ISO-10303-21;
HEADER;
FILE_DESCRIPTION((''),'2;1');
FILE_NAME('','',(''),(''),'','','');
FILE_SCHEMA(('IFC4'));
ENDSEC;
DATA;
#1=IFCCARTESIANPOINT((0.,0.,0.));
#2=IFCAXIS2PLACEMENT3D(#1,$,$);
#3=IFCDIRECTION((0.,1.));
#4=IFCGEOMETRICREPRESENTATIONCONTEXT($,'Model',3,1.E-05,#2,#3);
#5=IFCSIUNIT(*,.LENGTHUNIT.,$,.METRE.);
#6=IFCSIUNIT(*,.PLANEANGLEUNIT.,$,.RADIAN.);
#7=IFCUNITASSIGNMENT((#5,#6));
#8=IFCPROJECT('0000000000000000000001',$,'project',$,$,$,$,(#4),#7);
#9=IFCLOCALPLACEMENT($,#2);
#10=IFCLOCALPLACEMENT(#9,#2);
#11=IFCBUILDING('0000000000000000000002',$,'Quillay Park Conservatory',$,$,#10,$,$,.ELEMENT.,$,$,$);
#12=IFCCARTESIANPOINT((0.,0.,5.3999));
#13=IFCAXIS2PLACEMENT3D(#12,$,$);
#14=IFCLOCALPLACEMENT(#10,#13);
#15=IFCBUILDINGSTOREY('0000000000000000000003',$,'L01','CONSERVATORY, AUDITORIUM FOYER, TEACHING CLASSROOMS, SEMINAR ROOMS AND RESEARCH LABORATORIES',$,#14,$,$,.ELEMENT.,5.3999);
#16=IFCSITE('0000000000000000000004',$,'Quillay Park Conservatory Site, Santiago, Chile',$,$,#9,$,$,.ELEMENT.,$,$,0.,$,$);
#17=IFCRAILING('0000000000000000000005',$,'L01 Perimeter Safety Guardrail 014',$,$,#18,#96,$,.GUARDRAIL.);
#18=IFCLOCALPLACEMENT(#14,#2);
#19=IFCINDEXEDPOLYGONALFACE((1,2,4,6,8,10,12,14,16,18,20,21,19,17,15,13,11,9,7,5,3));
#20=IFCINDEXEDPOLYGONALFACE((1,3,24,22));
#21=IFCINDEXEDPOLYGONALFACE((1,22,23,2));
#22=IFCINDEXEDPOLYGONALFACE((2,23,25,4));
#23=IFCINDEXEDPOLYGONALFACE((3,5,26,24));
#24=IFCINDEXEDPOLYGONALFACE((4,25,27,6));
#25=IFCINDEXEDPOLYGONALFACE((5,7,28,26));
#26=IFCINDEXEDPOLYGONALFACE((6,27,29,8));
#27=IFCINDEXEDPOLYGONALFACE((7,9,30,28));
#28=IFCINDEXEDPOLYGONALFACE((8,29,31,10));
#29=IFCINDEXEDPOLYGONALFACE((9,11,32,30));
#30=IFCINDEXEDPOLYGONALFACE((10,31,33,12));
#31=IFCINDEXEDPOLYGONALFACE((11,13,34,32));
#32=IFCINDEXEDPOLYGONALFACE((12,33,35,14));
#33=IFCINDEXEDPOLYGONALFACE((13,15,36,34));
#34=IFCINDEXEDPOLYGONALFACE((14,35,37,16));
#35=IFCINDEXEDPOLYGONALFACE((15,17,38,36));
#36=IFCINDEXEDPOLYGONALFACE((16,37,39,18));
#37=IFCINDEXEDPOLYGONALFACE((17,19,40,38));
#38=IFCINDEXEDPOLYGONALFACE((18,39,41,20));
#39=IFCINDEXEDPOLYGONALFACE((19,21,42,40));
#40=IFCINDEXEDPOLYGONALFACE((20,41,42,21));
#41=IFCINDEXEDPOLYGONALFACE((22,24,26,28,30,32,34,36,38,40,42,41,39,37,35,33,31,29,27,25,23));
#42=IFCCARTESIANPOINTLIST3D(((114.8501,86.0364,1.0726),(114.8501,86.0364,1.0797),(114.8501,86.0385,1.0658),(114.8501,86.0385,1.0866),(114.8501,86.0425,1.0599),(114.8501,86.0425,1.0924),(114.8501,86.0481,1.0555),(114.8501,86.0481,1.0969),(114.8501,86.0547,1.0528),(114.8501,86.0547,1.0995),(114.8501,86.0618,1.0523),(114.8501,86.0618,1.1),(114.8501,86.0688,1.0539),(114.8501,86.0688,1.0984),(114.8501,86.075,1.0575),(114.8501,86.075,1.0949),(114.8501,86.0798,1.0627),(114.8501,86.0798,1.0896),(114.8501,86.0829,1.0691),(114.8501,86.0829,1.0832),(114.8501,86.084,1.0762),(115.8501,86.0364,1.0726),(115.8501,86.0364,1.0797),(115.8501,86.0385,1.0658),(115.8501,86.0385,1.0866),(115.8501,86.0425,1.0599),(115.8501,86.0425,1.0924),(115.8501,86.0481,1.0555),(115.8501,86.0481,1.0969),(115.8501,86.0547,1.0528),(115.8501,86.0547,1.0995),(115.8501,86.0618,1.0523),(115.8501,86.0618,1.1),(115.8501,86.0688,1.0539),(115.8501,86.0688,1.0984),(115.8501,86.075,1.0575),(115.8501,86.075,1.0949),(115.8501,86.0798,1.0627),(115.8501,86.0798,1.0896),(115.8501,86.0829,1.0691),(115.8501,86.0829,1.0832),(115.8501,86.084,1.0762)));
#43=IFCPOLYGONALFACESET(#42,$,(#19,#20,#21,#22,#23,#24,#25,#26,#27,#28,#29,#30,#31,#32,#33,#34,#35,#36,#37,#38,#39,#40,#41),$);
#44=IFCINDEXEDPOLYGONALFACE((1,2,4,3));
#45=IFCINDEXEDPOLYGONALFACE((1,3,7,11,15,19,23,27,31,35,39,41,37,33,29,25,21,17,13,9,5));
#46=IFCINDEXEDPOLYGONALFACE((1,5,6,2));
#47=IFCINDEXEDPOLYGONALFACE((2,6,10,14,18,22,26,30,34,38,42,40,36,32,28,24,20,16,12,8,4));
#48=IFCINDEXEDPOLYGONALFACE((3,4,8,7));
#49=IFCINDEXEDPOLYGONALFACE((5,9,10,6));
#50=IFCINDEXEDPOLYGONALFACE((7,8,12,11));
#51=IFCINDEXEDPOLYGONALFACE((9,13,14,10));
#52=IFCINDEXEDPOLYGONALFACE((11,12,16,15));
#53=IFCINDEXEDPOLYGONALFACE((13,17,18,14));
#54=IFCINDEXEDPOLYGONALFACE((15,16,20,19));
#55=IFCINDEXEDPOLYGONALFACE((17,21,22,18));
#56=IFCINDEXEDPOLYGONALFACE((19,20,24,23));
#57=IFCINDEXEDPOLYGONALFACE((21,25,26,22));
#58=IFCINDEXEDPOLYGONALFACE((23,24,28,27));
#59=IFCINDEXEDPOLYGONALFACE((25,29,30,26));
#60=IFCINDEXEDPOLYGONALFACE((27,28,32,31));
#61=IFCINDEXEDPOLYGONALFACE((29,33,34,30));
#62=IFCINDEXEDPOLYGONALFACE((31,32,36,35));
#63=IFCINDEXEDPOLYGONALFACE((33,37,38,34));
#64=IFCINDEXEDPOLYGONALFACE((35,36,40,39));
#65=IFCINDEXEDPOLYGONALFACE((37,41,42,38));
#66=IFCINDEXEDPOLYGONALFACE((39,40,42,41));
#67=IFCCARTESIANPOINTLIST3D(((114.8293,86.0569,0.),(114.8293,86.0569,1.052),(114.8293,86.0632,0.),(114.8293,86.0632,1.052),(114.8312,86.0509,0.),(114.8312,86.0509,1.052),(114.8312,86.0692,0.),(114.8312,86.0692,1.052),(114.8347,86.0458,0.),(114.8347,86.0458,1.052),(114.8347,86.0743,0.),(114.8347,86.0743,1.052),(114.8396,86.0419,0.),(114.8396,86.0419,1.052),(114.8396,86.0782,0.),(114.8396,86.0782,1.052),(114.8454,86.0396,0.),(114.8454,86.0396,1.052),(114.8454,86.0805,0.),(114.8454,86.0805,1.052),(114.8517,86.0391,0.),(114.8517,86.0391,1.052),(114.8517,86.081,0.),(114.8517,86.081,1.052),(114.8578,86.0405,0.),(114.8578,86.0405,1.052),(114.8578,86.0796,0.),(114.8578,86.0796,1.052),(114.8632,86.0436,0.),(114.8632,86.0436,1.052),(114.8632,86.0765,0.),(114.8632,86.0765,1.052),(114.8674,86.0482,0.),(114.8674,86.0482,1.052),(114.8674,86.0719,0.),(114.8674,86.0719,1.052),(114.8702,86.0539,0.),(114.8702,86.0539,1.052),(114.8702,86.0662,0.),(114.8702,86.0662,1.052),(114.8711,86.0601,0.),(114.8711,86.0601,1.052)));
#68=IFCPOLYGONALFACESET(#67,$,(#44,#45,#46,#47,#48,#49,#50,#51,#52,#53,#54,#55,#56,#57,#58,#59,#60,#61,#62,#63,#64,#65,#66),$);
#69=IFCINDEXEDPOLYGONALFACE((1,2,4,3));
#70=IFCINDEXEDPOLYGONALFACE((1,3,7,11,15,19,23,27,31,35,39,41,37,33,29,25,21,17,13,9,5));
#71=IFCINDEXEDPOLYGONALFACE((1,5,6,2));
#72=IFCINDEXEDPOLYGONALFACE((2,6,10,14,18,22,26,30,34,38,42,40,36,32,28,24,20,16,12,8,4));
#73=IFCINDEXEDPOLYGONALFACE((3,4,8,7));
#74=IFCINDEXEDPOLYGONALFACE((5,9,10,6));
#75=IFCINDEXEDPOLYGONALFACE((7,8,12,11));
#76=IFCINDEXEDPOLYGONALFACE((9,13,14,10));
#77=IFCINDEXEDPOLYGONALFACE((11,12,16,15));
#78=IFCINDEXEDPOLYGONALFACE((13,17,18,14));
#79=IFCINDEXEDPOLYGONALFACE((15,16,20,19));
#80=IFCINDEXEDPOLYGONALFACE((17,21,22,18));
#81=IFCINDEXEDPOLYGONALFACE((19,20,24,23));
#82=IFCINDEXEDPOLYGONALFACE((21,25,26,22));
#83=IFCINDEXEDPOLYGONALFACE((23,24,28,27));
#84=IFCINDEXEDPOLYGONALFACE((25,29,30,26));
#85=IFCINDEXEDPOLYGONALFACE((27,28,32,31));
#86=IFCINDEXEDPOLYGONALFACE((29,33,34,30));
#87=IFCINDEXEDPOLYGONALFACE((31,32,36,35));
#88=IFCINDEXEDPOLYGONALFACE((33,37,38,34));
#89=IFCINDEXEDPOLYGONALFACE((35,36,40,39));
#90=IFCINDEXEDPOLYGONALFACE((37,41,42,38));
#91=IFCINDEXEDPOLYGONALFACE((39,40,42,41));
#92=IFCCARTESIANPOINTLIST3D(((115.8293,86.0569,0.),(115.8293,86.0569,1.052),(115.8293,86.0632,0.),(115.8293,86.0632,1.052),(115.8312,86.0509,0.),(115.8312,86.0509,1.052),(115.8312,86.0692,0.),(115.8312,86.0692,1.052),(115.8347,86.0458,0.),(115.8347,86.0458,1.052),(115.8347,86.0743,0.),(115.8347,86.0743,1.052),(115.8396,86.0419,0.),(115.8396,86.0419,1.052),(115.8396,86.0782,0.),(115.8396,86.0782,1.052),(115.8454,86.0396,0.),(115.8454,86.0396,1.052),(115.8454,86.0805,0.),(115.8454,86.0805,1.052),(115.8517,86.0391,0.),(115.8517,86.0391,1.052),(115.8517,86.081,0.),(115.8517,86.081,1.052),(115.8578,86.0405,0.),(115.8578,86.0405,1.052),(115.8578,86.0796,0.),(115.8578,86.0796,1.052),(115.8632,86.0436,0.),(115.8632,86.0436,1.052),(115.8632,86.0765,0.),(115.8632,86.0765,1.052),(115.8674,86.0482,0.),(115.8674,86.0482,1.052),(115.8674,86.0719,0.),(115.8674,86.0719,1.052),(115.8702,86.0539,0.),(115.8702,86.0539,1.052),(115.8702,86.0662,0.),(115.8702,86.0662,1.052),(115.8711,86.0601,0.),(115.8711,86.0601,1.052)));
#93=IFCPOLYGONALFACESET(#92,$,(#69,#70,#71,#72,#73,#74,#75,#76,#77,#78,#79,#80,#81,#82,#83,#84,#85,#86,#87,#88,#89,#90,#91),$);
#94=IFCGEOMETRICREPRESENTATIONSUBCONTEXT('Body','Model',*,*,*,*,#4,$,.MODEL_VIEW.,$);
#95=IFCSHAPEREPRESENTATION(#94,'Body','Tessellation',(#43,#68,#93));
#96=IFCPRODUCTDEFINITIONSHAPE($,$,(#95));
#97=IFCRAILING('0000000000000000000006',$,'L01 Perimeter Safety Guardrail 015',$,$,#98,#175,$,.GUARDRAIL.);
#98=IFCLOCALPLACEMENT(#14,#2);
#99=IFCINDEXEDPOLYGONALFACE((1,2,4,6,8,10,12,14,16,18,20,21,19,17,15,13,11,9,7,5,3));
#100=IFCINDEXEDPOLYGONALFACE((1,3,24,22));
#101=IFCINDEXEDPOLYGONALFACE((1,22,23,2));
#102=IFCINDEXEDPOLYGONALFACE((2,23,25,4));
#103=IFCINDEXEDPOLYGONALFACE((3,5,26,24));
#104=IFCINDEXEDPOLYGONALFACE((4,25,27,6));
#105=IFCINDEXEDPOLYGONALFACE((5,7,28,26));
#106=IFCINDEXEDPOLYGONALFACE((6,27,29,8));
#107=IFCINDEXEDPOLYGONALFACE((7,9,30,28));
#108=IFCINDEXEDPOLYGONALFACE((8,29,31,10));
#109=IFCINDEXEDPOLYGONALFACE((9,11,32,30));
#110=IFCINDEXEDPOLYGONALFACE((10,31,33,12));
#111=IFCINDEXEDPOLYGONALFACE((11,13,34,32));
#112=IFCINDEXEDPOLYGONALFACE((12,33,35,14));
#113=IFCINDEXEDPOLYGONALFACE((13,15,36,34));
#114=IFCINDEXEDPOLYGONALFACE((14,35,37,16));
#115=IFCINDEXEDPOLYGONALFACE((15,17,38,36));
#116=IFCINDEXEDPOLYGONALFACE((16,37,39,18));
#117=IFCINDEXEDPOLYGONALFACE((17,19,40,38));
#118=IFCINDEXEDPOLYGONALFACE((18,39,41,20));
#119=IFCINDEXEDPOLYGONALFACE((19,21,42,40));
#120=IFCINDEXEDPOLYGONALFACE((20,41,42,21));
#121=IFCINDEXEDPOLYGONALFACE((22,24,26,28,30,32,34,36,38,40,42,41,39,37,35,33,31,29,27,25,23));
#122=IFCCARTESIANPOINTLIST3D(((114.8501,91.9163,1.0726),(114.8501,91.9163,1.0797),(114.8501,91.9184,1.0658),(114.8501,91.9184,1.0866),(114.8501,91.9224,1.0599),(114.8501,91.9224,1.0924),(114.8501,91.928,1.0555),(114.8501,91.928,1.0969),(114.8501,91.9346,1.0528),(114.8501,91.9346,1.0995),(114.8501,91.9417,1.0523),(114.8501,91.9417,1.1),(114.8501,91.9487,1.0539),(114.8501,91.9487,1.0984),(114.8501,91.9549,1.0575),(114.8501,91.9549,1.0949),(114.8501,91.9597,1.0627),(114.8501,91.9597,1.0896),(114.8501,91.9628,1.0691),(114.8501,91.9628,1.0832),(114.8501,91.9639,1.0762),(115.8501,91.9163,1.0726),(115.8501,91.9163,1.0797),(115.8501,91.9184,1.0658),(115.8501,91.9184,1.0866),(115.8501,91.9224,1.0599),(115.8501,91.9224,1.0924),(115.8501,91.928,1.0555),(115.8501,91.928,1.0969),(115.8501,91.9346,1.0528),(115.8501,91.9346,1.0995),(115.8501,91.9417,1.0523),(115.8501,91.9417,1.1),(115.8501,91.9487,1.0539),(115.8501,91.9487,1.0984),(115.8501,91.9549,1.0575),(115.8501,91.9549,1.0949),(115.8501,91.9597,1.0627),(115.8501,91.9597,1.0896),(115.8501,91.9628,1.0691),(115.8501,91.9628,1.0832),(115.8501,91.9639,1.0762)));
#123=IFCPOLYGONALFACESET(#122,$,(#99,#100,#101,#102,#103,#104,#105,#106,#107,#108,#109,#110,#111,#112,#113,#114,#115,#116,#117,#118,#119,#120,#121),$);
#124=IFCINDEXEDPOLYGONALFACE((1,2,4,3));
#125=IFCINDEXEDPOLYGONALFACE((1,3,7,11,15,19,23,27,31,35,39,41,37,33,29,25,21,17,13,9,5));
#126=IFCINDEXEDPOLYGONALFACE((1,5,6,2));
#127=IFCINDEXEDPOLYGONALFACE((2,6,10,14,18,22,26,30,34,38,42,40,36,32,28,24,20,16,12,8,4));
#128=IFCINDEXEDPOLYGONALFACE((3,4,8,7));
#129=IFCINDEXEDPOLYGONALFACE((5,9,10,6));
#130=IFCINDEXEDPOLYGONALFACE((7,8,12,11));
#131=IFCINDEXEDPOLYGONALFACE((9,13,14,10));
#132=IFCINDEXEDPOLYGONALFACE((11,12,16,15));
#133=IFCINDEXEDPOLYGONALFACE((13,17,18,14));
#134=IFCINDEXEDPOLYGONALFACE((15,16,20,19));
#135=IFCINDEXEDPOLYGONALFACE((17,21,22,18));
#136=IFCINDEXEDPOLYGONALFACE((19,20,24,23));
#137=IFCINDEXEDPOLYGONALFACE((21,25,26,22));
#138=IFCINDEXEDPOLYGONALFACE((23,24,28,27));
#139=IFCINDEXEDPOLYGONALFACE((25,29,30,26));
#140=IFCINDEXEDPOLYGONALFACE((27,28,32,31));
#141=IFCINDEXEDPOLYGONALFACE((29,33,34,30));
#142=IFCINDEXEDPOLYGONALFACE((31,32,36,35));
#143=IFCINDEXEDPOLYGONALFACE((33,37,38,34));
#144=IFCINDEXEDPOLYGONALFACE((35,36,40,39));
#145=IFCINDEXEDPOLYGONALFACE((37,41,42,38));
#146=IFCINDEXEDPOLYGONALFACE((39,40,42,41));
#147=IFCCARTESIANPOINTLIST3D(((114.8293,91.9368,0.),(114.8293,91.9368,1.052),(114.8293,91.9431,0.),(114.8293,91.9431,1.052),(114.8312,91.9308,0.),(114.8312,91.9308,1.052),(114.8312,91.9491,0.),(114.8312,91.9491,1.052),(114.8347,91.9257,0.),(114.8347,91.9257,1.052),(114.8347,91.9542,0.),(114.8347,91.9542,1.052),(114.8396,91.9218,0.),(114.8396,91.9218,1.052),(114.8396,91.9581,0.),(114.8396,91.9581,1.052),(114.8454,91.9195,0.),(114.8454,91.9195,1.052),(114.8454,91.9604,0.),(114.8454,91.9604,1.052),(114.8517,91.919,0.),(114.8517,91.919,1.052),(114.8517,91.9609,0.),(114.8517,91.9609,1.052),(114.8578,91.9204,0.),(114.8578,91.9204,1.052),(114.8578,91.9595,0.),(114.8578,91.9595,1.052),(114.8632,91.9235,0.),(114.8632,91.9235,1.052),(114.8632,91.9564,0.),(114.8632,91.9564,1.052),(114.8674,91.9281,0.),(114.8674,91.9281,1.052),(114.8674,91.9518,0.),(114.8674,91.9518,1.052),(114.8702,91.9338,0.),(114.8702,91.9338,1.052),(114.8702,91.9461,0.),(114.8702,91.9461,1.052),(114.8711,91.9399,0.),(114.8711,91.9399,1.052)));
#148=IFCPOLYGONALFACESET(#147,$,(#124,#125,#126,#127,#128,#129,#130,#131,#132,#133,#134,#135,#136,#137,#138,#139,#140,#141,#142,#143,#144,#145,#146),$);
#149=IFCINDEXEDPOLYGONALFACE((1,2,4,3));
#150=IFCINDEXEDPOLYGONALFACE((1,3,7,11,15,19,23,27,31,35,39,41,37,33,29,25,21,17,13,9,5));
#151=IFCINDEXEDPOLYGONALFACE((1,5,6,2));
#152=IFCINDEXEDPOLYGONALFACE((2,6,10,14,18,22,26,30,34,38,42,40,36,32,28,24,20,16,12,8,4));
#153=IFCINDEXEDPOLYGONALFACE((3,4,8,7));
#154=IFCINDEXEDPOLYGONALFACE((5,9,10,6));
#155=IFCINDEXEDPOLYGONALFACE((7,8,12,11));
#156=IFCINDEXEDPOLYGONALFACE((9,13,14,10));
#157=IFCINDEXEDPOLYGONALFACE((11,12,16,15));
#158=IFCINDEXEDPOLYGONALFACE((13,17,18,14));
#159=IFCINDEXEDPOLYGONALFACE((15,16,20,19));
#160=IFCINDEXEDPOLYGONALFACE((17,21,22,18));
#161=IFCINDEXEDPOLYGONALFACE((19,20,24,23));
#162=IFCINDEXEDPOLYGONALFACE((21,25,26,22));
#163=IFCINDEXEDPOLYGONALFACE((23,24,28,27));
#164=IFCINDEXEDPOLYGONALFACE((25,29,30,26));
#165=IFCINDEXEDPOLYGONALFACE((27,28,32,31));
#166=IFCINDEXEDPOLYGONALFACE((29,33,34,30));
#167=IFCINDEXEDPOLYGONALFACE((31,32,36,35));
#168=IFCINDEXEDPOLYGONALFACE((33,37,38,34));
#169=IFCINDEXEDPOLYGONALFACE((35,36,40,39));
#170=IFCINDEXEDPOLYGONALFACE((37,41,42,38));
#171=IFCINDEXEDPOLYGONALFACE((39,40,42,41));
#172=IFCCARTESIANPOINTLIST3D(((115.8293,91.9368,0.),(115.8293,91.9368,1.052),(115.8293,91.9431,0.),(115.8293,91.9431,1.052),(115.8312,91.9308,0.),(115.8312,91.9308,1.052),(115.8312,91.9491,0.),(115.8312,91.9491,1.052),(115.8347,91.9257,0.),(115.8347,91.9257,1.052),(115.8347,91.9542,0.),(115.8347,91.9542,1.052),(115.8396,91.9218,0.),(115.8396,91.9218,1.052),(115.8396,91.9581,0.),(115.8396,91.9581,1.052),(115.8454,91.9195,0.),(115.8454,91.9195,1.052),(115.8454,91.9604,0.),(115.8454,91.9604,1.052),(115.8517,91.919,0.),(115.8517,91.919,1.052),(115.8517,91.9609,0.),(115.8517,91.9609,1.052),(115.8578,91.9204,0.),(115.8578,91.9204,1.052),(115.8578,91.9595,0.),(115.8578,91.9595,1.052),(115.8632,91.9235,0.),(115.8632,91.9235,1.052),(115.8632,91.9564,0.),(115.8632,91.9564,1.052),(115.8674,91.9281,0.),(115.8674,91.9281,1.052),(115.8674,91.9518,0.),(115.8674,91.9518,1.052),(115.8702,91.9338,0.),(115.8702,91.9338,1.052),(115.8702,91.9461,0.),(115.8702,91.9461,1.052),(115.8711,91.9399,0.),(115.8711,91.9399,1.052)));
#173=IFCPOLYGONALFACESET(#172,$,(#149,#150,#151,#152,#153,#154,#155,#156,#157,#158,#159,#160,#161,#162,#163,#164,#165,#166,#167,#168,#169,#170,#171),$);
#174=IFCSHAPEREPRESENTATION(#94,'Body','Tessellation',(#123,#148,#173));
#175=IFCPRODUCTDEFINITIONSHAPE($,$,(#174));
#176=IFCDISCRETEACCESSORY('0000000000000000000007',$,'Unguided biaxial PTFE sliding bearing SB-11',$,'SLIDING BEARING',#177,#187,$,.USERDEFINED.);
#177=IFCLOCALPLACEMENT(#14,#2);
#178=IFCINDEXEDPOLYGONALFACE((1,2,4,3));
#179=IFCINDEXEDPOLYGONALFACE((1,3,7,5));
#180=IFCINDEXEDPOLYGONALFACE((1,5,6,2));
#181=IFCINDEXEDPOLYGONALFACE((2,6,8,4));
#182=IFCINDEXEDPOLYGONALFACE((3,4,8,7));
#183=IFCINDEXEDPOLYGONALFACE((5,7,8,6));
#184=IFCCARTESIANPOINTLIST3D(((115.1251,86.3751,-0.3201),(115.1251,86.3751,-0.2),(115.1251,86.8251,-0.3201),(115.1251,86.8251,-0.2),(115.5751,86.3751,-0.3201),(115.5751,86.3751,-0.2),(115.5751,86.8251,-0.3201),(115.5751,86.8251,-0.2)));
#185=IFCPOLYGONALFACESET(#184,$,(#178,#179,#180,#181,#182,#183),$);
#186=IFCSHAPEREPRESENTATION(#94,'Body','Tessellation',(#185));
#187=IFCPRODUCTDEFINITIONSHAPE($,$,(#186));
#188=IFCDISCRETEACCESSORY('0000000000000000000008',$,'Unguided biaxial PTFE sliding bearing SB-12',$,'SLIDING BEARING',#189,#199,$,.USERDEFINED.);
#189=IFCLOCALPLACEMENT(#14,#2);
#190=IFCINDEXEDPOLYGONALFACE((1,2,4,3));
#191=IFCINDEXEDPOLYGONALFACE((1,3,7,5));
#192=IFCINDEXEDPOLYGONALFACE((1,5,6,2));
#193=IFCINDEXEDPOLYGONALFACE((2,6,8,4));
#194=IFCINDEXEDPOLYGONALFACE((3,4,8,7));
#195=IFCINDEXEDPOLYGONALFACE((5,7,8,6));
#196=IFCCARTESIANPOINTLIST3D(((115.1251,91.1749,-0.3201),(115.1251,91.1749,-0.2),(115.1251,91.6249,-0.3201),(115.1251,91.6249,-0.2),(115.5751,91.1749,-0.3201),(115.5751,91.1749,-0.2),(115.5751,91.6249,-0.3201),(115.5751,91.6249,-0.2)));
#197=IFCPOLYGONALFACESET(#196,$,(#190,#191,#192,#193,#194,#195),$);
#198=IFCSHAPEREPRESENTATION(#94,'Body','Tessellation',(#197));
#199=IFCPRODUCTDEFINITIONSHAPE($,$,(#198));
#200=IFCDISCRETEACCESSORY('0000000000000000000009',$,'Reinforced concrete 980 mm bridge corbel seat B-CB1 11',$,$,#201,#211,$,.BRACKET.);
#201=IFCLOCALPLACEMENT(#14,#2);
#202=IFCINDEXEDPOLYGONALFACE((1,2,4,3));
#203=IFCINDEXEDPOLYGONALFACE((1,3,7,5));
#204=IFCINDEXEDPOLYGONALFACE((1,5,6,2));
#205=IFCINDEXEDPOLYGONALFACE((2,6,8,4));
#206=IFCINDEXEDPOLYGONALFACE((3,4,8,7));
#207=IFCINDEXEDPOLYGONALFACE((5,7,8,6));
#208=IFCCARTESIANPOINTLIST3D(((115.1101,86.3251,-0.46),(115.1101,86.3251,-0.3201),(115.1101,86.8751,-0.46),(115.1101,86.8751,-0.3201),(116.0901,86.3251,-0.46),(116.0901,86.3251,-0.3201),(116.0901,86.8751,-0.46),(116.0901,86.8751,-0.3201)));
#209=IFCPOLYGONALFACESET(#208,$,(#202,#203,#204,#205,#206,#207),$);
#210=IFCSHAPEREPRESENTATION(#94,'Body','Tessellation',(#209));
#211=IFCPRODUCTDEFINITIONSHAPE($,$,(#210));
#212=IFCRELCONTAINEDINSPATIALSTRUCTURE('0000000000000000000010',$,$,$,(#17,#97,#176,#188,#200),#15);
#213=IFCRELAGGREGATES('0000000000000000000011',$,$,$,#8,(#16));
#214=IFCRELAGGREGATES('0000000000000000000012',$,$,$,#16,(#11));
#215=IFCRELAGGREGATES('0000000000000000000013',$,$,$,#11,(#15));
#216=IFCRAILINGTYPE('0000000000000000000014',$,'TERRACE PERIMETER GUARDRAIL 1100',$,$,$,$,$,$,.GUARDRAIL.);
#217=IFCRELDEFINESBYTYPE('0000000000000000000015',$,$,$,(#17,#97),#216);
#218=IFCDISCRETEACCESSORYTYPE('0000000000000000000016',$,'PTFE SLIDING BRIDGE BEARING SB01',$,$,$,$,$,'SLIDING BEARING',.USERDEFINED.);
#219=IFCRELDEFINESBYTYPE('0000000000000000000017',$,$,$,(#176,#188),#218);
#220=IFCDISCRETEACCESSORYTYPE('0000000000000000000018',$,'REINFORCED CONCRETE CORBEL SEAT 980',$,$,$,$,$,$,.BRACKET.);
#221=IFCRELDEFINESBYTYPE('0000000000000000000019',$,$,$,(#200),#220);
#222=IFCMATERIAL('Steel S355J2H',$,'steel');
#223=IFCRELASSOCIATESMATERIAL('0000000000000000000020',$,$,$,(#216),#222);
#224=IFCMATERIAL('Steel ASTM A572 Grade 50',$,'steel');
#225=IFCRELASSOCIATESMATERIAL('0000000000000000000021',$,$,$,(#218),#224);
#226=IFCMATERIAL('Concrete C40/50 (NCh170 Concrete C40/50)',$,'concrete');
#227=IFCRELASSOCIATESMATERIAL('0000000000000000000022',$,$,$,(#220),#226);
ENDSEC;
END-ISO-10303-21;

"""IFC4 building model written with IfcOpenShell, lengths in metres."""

from ifc_helpers import new_model, si_unit, direction, frame, origin, origin_2d, place, context, subcontext, project, spatial, rectangle, circle, extrude, material, type_object, element, save


model = new_model("IFC4")

# Units and contexts
model_context = context("Model", 3, precision=1e-05, world=origin(), true_north=direction((0.0, 1.0)))
body_context = subcontext(model_context, "Body", "Model", "MODEL_VIEW")
ifc_project = project(units=[si_unit("LENGTHUNIT", "METRE"), si_unit("PLANEANGLEUNIT", "RADIAN")], contexts=[model_context])

# Site, building, storey
site_placement = place(None, origin())
site = spatial("IfcSite", under=ifc_project, at=site_placement, Name="Quillay Park Conservatory Site, Santiago, Chile", CompositionType="ELEMENT", RefElevation=0.0)
building_placement = place(site_placement, origin())
building = spatial("IfcBuilding", under=site, at=building_placement, Name="Quillay Park Conservatory", CompositionType="ELEMENT")
storey_placement = place(building_placement, frame((0.0, 0.0, 5.3999)))
storey = spatial("IfcBuildingStorey", under=building, at=storey_placement, Name="L01", Description="CONSERVATORY, AUDITORIUM FOYER, TEACHING CLASSROOMS, SEMINAR ROOMS AND RESEARCH LABORATORIES", CompositionType="ELEMENT", Elevation=5.3999)

# Railings
ifc_material_1 = material(Name="Steel S355J2H", Category="steel")
railing_type = type_object("IfcRailingType", Name="TERRACE PERIMETER GUARDRAIL 1100", PredefinedType="GUARDRAIL", material=ifc_material_1)
for number, where, name in (
    (1, (114.8501, 86.0601, 0.0), "L01 Perimeter Safety Guardrail 014"),
    (2, (114.8501, 91.9399, 0.0), "L01 Perimeter Safety Guardrail 015"),
):
    element("IfcRailing", number, at=place(storey_placement, frame(where)), inside=storey, type_object=railing_type, Name=name, PredefinedType="GUARDRAIL", context=body_context, shape_type="SweptSolid", body=[
        extrude(circle(Radius=0.0239, at=origin_2d()), frame((0.0, 0.0, 1.0762), z_axis=(1.0, 0.0, 0.0), x_axis=(0.0, 1.0, 0.0)), (0.0, 0.0, 1.0), 1.0),
        extrude(circle(Radius=0.021, at=origin_2d()), origin(), (0.0, 0.0, 1.0), 1.052),
        extrude(circle(Radius=0.021, at=origin_2d()), frame((1.0, 0.0, 0.0)), (0.0, 0.0, 1.0), 1.052),
    ])

# Discrete accessories
ifc_material_2 = material(Name="Steel ASTM A572 Grade 50", Category="steel")
discrete_accessory_type_1 = type_object("IfcDiscreteAccessoryType", Name="PTFE SLIDING BRIDGE BEARING SB01", ElementType="SLIDING BEARING", PredefinedType="USERDEFINED", material=ifc_material_2)
for number, where, z_axis, x_axis, name in (
    (3, (115.3501, 86.6001, -0.3201), (0.0, 0.0, 1.0), (1.0, 0.0, 0.0), "Unguided biaxial PTFE sliding bearing SB-11"),
    (4, (115.3501, 91.3999, -0.3201), (0.0, 0.0, 1.0), (1.0, 0.0, 0.0), "Unguided biaxial PTFE sliding bearing SB-12"),
):
    element("IfcDiscreteAccessory", number, at=place(storey_placement, frame(where, z_axis=z_axis, x_axis=x_axis)), inside=storey, type_object=discrete_accessory_type_1, Name=name, ObjectType="SLIDING BEARING", PredefinedType="USERDEFINED", context=body_context, shape_type="SweptSolid", body=[
        extrude(rectangle(XDim=0.45, YDim=0.45, at=origin_2d()), origin(), (0.0, 0.0, 1.0), 0.1201),
    ])
ifc_material_3 = material(Name="Concrete C40/50 (NCh170 Concrete C40/50)", Category="concrete")
discrete_accessory_type_2 = type_object("IfcDiscreteAccessoryType", Name="REINFORCED CONCRETE CORBEL SEAT 980", PredefinedType="BRACKET", material=ifc_material_3)
for number, where, z_axis, x_axis, name in (
    (5, (115.6001, 86.6001, -0.46), (0.0, 0.0, 1.0), (1.0, 0.0, 0.0), "Reinforced concrete 980 mm bridge corbel seat B-CB1 11"),
):
    element("IfcDiscreteAccessory", number, at=place(storey_placement, frame(where, z_axis=z_axis, x_axis=x_axis)), inside=storey, type_object=discrete_accessory_type_2, Name=name, PredefinedType="BRACKET", context=body_context, shape_type="SweptSolid", body=[
        extrude(rectangle(XDim=0.98, YDim=0.55, at=origin_2d()), origin(), (0.0, 0.0, 1.0), 0.1399),
    ])

save(model, "model.ifc")
